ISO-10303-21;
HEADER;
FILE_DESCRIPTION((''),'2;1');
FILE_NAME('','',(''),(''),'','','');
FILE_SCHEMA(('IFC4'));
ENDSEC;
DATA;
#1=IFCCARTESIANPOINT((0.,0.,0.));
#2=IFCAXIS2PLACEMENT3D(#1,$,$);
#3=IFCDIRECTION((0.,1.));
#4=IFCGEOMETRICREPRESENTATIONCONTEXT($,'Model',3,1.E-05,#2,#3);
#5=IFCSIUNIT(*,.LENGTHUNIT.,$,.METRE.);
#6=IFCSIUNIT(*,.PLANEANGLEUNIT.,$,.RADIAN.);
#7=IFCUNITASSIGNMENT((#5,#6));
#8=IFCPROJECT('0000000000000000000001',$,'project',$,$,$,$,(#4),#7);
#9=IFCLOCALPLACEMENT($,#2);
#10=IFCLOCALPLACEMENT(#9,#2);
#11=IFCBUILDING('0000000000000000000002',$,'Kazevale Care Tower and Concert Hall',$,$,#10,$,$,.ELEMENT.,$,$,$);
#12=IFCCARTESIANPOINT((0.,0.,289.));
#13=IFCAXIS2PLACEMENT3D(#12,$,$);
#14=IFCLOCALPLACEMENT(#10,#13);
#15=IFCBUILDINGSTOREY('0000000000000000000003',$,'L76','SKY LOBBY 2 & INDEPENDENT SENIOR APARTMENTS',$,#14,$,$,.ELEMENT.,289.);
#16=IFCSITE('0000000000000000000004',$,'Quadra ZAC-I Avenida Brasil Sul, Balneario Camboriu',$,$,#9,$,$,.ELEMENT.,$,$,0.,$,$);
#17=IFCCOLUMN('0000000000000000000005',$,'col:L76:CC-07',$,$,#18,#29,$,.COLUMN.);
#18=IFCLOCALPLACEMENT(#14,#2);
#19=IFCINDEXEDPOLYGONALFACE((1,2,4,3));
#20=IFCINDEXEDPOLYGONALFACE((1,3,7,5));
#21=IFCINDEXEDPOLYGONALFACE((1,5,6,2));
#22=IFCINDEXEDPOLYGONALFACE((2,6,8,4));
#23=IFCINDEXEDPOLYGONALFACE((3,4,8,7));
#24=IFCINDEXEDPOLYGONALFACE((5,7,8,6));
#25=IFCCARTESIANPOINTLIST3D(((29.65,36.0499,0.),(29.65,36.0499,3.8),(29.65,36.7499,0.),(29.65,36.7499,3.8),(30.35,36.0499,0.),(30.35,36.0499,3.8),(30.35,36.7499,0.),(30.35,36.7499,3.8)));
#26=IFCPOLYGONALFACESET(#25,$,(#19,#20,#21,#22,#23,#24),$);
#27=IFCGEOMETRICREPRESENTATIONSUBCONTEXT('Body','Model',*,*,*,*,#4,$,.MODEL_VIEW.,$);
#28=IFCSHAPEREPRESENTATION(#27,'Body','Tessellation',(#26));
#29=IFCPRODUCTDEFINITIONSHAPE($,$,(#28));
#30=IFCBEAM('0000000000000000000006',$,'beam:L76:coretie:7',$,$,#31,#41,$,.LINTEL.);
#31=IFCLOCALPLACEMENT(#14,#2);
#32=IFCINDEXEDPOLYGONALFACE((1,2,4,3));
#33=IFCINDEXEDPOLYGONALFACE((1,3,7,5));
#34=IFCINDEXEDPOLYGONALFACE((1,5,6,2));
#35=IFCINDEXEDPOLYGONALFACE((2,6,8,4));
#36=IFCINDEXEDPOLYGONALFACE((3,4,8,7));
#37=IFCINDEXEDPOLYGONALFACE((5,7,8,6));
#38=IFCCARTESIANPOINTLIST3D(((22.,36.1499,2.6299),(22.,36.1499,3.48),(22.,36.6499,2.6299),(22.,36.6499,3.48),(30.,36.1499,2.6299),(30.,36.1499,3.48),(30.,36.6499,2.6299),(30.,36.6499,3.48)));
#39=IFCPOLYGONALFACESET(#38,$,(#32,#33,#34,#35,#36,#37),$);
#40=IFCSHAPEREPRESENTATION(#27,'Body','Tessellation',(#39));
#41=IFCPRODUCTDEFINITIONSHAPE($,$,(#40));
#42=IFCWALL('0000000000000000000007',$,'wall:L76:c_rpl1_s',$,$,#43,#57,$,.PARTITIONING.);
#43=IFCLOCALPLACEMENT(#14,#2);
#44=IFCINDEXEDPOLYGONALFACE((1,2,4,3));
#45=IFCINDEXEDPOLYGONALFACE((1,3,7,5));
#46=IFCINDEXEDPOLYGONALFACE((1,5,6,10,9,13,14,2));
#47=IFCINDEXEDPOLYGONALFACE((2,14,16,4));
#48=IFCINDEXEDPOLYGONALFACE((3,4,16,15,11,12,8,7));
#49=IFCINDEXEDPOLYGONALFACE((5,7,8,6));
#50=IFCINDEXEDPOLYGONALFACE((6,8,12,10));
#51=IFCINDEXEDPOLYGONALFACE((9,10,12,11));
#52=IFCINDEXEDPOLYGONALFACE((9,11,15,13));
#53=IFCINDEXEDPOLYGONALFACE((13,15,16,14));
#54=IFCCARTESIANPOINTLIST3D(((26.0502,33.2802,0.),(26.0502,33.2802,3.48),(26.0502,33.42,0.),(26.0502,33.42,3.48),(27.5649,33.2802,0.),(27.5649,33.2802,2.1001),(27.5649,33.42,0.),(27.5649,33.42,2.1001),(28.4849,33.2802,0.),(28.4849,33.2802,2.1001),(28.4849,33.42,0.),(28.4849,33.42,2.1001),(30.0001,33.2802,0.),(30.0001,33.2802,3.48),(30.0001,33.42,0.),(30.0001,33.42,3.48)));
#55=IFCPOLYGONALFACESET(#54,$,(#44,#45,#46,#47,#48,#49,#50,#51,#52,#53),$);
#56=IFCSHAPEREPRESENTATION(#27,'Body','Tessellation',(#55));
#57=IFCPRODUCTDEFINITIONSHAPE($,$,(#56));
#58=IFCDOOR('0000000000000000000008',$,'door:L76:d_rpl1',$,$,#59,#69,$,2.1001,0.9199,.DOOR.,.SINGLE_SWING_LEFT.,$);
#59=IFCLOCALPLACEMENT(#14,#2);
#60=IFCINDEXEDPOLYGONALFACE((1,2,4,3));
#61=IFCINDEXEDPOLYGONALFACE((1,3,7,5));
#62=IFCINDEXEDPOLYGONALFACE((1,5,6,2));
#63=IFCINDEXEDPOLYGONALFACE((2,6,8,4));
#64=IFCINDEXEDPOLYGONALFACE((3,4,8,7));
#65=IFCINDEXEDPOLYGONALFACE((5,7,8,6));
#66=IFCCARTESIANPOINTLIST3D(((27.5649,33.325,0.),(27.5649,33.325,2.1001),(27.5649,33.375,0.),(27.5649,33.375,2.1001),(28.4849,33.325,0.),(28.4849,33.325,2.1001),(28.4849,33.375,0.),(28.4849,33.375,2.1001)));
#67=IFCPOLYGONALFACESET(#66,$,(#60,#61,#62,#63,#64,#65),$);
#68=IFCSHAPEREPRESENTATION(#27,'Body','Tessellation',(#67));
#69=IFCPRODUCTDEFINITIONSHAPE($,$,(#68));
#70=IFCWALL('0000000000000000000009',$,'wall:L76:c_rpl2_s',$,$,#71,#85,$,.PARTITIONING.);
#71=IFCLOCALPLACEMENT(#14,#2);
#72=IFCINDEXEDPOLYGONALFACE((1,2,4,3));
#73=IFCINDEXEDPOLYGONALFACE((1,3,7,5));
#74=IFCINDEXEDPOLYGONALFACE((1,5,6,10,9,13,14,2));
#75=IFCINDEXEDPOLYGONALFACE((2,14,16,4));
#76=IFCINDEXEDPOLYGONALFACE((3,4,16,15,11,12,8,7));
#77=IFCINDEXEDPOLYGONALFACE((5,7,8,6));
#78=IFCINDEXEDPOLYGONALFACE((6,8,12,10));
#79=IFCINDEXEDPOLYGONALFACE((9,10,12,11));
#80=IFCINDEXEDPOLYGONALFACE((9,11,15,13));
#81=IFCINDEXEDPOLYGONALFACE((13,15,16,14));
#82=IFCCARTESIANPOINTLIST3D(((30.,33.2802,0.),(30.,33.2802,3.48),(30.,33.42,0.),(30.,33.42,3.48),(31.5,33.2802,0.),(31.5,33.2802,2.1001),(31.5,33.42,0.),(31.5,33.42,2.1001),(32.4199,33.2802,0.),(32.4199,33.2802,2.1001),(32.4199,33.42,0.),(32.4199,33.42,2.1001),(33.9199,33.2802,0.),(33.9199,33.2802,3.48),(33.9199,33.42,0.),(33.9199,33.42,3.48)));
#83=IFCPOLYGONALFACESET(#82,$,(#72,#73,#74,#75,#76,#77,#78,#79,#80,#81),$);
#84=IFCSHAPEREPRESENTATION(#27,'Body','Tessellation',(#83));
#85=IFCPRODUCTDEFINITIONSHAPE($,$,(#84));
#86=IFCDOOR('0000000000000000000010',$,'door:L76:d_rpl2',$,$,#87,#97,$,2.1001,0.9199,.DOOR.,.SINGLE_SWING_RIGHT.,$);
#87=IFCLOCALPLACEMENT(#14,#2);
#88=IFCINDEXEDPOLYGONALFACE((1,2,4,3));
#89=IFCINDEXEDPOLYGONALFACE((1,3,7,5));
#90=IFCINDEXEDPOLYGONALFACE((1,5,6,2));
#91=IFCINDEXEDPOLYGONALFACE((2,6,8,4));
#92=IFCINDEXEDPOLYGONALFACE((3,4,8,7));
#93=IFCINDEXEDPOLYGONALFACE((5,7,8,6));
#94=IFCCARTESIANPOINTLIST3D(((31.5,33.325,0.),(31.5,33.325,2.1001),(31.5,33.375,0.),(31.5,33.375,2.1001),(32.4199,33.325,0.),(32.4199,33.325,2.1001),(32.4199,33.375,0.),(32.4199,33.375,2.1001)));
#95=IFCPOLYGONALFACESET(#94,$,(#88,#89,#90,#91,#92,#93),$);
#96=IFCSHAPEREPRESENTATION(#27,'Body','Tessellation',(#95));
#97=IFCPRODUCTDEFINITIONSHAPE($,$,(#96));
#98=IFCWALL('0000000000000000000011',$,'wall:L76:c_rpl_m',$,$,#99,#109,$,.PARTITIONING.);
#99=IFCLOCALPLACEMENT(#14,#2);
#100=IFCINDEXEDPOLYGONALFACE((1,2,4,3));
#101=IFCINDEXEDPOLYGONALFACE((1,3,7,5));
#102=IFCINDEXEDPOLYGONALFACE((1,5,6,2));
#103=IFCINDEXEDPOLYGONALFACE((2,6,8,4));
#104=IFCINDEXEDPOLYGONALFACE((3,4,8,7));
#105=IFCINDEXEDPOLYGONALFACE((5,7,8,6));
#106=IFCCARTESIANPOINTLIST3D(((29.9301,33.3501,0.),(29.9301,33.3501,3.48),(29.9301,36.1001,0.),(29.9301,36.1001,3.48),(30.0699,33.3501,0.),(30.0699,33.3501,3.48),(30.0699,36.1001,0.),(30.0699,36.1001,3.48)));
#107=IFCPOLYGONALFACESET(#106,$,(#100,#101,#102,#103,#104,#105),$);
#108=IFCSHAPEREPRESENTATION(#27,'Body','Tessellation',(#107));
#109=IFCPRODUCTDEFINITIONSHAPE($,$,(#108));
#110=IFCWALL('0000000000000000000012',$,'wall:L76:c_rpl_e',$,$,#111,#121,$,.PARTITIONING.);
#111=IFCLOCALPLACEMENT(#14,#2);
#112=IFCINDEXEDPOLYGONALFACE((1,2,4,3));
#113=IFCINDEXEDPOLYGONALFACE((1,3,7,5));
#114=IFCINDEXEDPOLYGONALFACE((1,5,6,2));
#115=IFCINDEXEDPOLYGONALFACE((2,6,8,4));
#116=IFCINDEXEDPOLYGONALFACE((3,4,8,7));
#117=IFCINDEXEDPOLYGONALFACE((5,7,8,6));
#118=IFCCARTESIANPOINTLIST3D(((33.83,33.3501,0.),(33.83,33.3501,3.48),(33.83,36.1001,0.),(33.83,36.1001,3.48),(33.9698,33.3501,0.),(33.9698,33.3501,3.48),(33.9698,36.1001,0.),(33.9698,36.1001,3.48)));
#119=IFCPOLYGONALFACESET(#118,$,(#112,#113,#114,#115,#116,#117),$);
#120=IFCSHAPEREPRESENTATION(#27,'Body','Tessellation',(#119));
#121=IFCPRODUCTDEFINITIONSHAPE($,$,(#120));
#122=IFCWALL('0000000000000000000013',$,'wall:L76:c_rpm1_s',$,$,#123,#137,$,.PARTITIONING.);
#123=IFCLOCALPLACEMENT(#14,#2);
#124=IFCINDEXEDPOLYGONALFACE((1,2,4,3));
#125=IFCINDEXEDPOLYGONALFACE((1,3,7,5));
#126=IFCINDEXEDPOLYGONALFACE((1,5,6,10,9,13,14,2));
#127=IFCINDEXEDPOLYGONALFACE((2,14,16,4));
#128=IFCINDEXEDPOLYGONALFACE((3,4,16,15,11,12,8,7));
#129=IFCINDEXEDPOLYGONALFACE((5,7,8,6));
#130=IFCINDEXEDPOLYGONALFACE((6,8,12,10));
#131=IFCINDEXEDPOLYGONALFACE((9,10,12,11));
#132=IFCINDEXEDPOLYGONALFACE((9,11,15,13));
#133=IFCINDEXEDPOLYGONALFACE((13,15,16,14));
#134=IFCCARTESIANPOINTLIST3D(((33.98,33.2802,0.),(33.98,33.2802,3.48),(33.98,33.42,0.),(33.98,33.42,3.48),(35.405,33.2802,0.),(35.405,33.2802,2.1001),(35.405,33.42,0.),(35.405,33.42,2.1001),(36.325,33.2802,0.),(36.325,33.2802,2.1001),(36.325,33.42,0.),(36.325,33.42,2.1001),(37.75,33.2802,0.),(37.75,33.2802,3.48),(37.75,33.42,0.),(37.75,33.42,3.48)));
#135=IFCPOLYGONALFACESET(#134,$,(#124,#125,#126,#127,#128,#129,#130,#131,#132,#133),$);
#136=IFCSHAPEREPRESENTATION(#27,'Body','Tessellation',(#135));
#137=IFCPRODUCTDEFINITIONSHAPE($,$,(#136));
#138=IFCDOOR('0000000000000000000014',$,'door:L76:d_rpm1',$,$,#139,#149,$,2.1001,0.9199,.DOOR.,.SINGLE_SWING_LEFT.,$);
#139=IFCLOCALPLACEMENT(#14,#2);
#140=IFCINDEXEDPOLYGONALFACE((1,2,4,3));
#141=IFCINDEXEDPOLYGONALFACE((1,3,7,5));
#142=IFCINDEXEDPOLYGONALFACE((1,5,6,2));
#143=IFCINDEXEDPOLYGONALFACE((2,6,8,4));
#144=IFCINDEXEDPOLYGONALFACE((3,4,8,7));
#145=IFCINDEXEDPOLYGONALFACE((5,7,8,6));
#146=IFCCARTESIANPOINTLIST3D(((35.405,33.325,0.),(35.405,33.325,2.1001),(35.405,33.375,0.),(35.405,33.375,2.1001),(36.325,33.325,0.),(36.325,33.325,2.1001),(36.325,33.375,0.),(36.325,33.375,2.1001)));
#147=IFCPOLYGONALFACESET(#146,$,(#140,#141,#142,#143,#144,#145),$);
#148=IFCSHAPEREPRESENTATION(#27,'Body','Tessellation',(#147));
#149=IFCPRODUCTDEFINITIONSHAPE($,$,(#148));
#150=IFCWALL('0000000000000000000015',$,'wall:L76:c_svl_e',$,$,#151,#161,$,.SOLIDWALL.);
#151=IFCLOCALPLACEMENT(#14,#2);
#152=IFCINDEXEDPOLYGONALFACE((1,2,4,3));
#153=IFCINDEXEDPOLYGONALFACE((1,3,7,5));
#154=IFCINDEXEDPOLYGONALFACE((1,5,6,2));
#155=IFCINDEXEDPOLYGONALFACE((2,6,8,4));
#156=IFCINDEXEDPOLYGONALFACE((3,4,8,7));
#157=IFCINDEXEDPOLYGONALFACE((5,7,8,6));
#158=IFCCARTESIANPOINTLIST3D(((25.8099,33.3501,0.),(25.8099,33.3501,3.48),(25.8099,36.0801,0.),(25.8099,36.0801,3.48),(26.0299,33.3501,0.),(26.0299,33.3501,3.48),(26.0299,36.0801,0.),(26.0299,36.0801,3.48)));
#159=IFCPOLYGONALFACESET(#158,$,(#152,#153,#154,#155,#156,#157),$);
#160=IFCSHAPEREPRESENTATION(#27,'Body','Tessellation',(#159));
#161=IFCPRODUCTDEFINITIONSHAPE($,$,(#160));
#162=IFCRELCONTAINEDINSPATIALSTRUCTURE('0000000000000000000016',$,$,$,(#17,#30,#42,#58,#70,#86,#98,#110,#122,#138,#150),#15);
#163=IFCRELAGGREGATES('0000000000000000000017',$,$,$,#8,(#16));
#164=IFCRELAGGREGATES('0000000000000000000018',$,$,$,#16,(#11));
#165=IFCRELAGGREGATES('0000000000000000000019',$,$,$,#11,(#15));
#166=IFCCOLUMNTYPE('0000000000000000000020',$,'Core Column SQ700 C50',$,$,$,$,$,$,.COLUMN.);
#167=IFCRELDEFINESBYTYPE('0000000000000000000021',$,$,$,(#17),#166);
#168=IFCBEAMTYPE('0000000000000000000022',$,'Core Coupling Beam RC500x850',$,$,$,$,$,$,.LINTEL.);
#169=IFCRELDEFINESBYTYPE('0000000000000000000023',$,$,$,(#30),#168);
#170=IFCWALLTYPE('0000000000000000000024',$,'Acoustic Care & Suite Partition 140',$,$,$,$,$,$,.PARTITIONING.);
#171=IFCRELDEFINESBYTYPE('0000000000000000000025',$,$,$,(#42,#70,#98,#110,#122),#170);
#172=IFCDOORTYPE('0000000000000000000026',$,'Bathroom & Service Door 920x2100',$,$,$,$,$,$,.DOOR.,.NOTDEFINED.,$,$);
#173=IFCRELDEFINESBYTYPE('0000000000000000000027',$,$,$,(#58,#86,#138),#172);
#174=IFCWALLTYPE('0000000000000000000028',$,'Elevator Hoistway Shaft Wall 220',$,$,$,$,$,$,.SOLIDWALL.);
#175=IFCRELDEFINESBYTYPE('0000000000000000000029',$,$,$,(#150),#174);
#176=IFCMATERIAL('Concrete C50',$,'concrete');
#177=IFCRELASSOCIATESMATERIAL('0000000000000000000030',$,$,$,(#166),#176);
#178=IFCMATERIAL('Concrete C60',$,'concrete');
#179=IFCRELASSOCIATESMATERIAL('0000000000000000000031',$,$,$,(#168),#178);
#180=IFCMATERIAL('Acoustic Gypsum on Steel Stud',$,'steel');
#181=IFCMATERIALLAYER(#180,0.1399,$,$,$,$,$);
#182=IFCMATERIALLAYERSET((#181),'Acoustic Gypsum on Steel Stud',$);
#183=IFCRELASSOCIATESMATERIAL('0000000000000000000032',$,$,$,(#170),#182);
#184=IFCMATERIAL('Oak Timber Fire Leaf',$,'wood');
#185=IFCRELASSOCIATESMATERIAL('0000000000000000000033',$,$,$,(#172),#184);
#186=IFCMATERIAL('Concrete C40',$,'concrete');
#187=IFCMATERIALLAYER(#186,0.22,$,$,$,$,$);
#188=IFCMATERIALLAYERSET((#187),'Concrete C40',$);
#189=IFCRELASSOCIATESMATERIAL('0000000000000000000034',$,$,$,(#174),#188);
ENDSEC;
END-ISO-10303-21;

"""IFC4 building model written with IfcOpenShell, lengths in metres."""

from ifc_helpers import new_model, si_unit, direction, frame, frame_2d, origin, origin_2d, place, context, subcontext, project, spatial, rectangle, extrude, material, layer, layer_set, material_profile, profile_set, type_object, element, fill, save


model = new_model("IFC4")

# Units and contexts
model_context = context("Model", 3, precision=1e-05, world=origin(), true_north=direction((0.0, 1.0)))
body_context = subcontext(model_context, "Body", "Model", "MODEL_VIEW")
ifc_project = project(units=[si_unit("LENGTHUNIT", "METRE"), si_unit("PLANEANGLEUNIT", "RADIAN")], contexts=[model_context])

# Site, building, storey
site_placement = place(None, origin())
site = spatial("IfcSite", under=ifc_project, at=site_placement, Name="Quadra ZAC-I Avenida Brasil Sul, Balneario Camboriu", CompositionType="ELEMENT", RefElevation=0.0)
building_placement = place(site_placement, origin())
building = spatial("IfcBuilding", under=site, at=building_placement, Name="Kazevale Care Tower and Concert Hall", CompositionType="ELEMENT")
storey_placement = place(building_placement, frame((0.0, 0.0, 289.0)))
storey = spatial("IfcBuildingStorey", under=building, at=storey_placement, Name="L76", Description="SKY LOBBY 2 & INDEPENDENT SENIOR APARTMENTS", CompositionType="ELEMENT", Elevation=289.0)

# Column
ifc_material_1 = material(Name="Concrete C50", Category="concrete")
ifc_material_profile_1 = material_profile(ifc_material_1, rectangle(XDim=0.7, YDim=0.7, at=origin_2d()), Name="RC-SQ700")
ifc_profile_set_1 = profile_set([ifc_material_profile_1], Name="Concrete C50")
column_type = type_object("IfcColumnType", Name="Core Column SQ700 C50", PredefinedType="COLUMN", material=ifc_profile_set_1)
column_placement = place(storey_placement, frame((30.0, 36.3999, 0.0), z_axis=(0.0, 0.0, 1.0), x_axis=(1.0, 0.0, 0.0)))
element("IfcColumn", 1, at=column_placement, inside=storey, type_object=column_type, Name="col:L76:CC-07", PredefinedType="COLUMN", context=body_context, shape_type="SweptSolid", body=[
    extrude(rectangle(XDim=0.7, YDim=0.7, at=origin_2d()), origin(), (0.0, 0.0, 1.0), 3.8),
])

# Beam
ifc_material_2 = material(Name="Concrete C60", Category="concrete")
ifc_material_profile_2 = material_profile(ifc_material_2, rectangle(XDim=0.5, YDim=0.8501, at=origin_2d()), Name="RC-B500x850")
ifc_profile_set_2 = profile_set([ifc_material_profile_2], Name="Concrete C60")
beam_type = type_object("IfcBeamType", Name="Core Coupling Beam RC500x850", PredefinedType="LINTEL", material=ifc_profile_set_2)
beam_placement = place(storey_placement, frame((30.0, 36.3999, 3.0549), z_axis=(-1.0, 0.0, 0.0), x_axis=(0.0, -1.0, 0.0)))
element("IfcBeam", 2, at=beam_placement, inside=storey, type_object=beam_type, Name="beam:L76:coretie:7", PredefinedType="LINTEL", context=body_context, shape_type="SweptSolid", body=[
    extrude(rectangle(XDim=0.5, YDim=0.8501, at=origin_2d()), origin(), (0.0, 0.0, 1.0), 8.0),
])

# Walls, openings, doors
ifc_material_3 = material(Name="Acoustic Gypsum on Steel Stud", Category="steel")
ifc_layer_1 = layer(ifc_material_3, 0.1399)
ifc_layer_set_1 = layer_set([ifc_layer_1], Name="Acoustic Gypsum on Steel Stud")
wall_type_1 = type_object("IfcWallType", Name="Acoustic Care & Suite Partition 140", PredefinedType="PARTITIONING", material=ifc_layer_set_1)
wall_1_placement = place(storey_placement, frame((26.05, 33.3501, 0.0), z_axis=(0.0, 0.0, 1.0), x_axis=(1.0, 0.0, 0.0)))
wall_1 = element("IfcWall", 3, at=wall_1_placement, inside=storey, type_object=wall_type_1, Name="wall:L76:c_rpl1_s", PredefinedType="PARTITIONING", context=body_context, shape_type="SweptSolid", body=[
    extrude(rectangle(XDim=3.95, YDim=0.1399, at=frame_2d((1.9751, 0.0))), origin(), (0.0, 0.0, 1.0), 3.48),
])
opening_1_placement = place(wall_1_placement, frame((1.5149, 0.0, 0.0)))
opening_1 = element("IfcOpeningElement", 4, at=opening_1_placement, cuts=wall_1, PredefinedType="OPENING", context=body_context, shape_type="SweptSolid", body=[
    extrude(rectangle(XDim=0.9199, YDim=2.1001, at=frame_2d((0.46, 1.05))), frame((0.0, 0.0798, 0.0), z_axis=(0.0, -1.0, 0.0), x_axis=(1.0, 0.0, 0.0)), (0.0, 0.0, 1.0), 0.1599),
])
ifc_material_4 = material(Name="Oak Timber Fire Leaf", Category="wood")
door_type_1 = type_object("IfcDoorType", Name="Bathroom & Service Door 920x2100", OperationType="NOTDEFINED", PredefinedType="DOOR", material=ifc_material_4)
door_1_placement = place(opening_1_placement, origin())
door_1 = element("IfcDoor", 5, at=door_1_placement, inside=storey, type_object=door_type_1, Name="door:L76:d_rpl1", OperationType="SINGLE_SWING_LEFT", OverallHeight=2.1001, OverallWidth=0.9199, PredefinedType="DOOR", context=body_context, shape_type="SweptSolid", body=[
    extrude(rectangle(XDim=0.9199, YDim=2.1001, at=frame_2d((0.46, 1.05))), frame((0.0, 0.0249, 0.0), z_axis=(0.0, -1.0, 0.0), x_axis=(1.0, 0.0, 0.0)), (0.0, 0.0, 1.0), 0.05),
])
fill(opening_1, door_1)
wall_2_placement = place(storey_placement, frame((30.0, 33.3501, 0.0), z_axis=(0.0, 0.0, 1.0), x_axis=(1.0, 0.0, 0.0)))
wall_2 = element("IfcWall", 6, at=wall_2_placement, inside=storey, type_object=wall_type_1, Name="wall:L76:c_rpl2_s", PredefinedType="PARTITIONING", context=body_context, shape_type="SweptSolid", body=[
    extrude(rectangle(XDim=3.9199, YDim=0.1399, at=frame_2d((1.96, 0.0))), origin(), (0.0, 0.0, 1.0), 3.48),
])
opening_2_placement = place(wall_2_placement, frame((1.5, 0.0, 0.0)))
opening_2 = element("IfcOpeningElement", 7, at=opening_2_placement, cuts=wall_2, PredefinedType="OPENING", context=body_context, shape_type="SweptSolid", body=[
    extrude(rectangle(XDim=0.9199, YDim=2.1001, at=frame_2d((0.46, 1.05))), frame((0.0, 0.0798, 0.0), z_axis=(0.0, -1.0, 0.0), x_axis=(1.0, 0.0, 0.0)), (0.0, 0.0, 1.0), 0.1599),
])
door_2_placement = place(opening_2_placement, origin())
door_2 = element("IfcDoor", 8, at=door_2_placement, inside=storey, type_object=door_type_1, Name="door:L76:d_rpl2", OperationType="SINGLE_SWING_RIGHT", OverallHeight=2.1001, OverallWidth=0.9199, PredefinedType="DOOR", context=body_context, shape_type="SweptSolid", body=[
    extrude(rectangle(XDim=0.9199, YDim=2.1001, at=frame_2d((0.46, 1.05))), frame((0.0, 0.0249, 0.0), z_axis=(0.0, -1.0, 0.0), x_axis=(1.0, 0.0, 0.0)), (0.0, 0.0, 1.0), 0.05),
])
fill(opening_2, door_2)

# Walls
for number, where, z_axis, x_axis, name in (
    (9, (30.0, 33.3501, 0.0), (0.0, 0.0, 1.0), (0.0, 1.0, 0.0), "wall:L76:c_rpl_m"),
    (10, (33.8999, 33.3501, 0.0), (0.0, 0.0, 1.0), (0.0, 1.0, 0.0), "wall:L76:c_rpl_e"),
):
    element("IfcWall", number, at=place(storey_placement, frame(where, z_axis=z_axis, x_axis=x_axis)), inside=storey, type_object=wall_type_1, Name=name, PredefinedType="PARTITIONING", context=body_context, shape_type="SweptSolid", body=[
        extrude(rectangle(XDim=2.75, YDim=0.1399, at=frame_2d((1.375, 0.0))), origin(), (0.0, 0.0, 1.0), 3.48),
    ])

# Wall, opening, door
wall_3_placement = place(storey_placement, frame((33.98, 33.3501, 0.0), z_axis=(0.0, 0.0, 1.0), x_axis=(1.0, 0.0, 0.0)))
wall_3 = element("IfcWall", 11, at=wall_3_placement, inside=storey, type_object=wall_type_1, Name="wall:L76:c_rpm1_s", PredefinedType="PARTITIONING", context=body_context, shape_type="SweptSolid", body=[
    extrude(rectangle(XDim=3.77, YDim=0.1399, at=frame_2d((1.885, 0.0))), origin(), (0.0, 0.0, 1.0), 3.48),
])
opening_3_placement = place(wall_3_placement, frame((1.425, 0.0, 0.0)))
opening_3 = element("IfcOpeningElement", 12, at=opening_3_placement, cuts=wall_3, PredefinedType="OPENING", context=body_context, shape_type="SweptSolid", body=[
    extrude(rectangle(XDim=0.9199, YDim=2.1001, at=frame_2d((0.46, 1.05))), frame((0.0, 0.0798, 0.0), z_axis=(0.0, -1.0, 0.0), x_axis=(1.0, 0.0, 0.0)), (0.0, 0.0, 1.0), 0.1599),
])
door_3_placement = place(opening_3_placement, origin())
door_3 = element("IfcDoor", 13, at=door_3_placement, inside=storey, type_object=door_type_1, Name="door:L76:d_rpm1", OperationType="SINGLE_SWING_LEFT", OverallHeight=2.1001, OverallWidth=0.9199, PredefinedType="DOOR", context=body_context, shape_type="SweptSolid", body=[
    extrude(rectangle(XDim=0.9199, YDim=2.1001, at=frame_2d((0.46, 1.05))), frame((0.0, 0.0249, 0.0), z_axis=(0.0, -1.0, 0.0), x_axis=(1.0, 0.0, 0.0)), (0.0, 0.0, 1.0), 0.05),
])
fill(opening_3, door_3)

# Wall
ifc_material_5 = material(Name="Concrete C40", Category="concrete")
ifc_layer_2 = layer(ifc_material_5, 0.22)
ifc_layer_set_2 = layer_set([ifc_layer_2], Name="Concrete C40")
wall_type_2 = type_object("IfcWallType", Name="Elevator Hoistway Shaft Wall 220", PredefinedType="SOLIDWALL", material=ifc_layer_set_2)
wall_4_placement = place(storey_placement, frame((25.9199, 33.3501, 0.0), z_axis=(0.0, 0.0, 1.0), x_axis=(0.0, 1.0, 0.0)))
element("IfcWall", 14, at=wall_4_placement, inside=storey, type_object=wall_type_2, Name="wall:L76:c_svl_e", PredefinedType="SOLIDWALL", context=body_context, shape_type="SweptSolid", body=[
    extrude(rectangle(XDim=2.73, YDim=0.22, at=frame_2d((1.365, 0.0))), origin(), (0.0, 0.0, 1.0), 3.48),
])

save(model, "model.ifc")
